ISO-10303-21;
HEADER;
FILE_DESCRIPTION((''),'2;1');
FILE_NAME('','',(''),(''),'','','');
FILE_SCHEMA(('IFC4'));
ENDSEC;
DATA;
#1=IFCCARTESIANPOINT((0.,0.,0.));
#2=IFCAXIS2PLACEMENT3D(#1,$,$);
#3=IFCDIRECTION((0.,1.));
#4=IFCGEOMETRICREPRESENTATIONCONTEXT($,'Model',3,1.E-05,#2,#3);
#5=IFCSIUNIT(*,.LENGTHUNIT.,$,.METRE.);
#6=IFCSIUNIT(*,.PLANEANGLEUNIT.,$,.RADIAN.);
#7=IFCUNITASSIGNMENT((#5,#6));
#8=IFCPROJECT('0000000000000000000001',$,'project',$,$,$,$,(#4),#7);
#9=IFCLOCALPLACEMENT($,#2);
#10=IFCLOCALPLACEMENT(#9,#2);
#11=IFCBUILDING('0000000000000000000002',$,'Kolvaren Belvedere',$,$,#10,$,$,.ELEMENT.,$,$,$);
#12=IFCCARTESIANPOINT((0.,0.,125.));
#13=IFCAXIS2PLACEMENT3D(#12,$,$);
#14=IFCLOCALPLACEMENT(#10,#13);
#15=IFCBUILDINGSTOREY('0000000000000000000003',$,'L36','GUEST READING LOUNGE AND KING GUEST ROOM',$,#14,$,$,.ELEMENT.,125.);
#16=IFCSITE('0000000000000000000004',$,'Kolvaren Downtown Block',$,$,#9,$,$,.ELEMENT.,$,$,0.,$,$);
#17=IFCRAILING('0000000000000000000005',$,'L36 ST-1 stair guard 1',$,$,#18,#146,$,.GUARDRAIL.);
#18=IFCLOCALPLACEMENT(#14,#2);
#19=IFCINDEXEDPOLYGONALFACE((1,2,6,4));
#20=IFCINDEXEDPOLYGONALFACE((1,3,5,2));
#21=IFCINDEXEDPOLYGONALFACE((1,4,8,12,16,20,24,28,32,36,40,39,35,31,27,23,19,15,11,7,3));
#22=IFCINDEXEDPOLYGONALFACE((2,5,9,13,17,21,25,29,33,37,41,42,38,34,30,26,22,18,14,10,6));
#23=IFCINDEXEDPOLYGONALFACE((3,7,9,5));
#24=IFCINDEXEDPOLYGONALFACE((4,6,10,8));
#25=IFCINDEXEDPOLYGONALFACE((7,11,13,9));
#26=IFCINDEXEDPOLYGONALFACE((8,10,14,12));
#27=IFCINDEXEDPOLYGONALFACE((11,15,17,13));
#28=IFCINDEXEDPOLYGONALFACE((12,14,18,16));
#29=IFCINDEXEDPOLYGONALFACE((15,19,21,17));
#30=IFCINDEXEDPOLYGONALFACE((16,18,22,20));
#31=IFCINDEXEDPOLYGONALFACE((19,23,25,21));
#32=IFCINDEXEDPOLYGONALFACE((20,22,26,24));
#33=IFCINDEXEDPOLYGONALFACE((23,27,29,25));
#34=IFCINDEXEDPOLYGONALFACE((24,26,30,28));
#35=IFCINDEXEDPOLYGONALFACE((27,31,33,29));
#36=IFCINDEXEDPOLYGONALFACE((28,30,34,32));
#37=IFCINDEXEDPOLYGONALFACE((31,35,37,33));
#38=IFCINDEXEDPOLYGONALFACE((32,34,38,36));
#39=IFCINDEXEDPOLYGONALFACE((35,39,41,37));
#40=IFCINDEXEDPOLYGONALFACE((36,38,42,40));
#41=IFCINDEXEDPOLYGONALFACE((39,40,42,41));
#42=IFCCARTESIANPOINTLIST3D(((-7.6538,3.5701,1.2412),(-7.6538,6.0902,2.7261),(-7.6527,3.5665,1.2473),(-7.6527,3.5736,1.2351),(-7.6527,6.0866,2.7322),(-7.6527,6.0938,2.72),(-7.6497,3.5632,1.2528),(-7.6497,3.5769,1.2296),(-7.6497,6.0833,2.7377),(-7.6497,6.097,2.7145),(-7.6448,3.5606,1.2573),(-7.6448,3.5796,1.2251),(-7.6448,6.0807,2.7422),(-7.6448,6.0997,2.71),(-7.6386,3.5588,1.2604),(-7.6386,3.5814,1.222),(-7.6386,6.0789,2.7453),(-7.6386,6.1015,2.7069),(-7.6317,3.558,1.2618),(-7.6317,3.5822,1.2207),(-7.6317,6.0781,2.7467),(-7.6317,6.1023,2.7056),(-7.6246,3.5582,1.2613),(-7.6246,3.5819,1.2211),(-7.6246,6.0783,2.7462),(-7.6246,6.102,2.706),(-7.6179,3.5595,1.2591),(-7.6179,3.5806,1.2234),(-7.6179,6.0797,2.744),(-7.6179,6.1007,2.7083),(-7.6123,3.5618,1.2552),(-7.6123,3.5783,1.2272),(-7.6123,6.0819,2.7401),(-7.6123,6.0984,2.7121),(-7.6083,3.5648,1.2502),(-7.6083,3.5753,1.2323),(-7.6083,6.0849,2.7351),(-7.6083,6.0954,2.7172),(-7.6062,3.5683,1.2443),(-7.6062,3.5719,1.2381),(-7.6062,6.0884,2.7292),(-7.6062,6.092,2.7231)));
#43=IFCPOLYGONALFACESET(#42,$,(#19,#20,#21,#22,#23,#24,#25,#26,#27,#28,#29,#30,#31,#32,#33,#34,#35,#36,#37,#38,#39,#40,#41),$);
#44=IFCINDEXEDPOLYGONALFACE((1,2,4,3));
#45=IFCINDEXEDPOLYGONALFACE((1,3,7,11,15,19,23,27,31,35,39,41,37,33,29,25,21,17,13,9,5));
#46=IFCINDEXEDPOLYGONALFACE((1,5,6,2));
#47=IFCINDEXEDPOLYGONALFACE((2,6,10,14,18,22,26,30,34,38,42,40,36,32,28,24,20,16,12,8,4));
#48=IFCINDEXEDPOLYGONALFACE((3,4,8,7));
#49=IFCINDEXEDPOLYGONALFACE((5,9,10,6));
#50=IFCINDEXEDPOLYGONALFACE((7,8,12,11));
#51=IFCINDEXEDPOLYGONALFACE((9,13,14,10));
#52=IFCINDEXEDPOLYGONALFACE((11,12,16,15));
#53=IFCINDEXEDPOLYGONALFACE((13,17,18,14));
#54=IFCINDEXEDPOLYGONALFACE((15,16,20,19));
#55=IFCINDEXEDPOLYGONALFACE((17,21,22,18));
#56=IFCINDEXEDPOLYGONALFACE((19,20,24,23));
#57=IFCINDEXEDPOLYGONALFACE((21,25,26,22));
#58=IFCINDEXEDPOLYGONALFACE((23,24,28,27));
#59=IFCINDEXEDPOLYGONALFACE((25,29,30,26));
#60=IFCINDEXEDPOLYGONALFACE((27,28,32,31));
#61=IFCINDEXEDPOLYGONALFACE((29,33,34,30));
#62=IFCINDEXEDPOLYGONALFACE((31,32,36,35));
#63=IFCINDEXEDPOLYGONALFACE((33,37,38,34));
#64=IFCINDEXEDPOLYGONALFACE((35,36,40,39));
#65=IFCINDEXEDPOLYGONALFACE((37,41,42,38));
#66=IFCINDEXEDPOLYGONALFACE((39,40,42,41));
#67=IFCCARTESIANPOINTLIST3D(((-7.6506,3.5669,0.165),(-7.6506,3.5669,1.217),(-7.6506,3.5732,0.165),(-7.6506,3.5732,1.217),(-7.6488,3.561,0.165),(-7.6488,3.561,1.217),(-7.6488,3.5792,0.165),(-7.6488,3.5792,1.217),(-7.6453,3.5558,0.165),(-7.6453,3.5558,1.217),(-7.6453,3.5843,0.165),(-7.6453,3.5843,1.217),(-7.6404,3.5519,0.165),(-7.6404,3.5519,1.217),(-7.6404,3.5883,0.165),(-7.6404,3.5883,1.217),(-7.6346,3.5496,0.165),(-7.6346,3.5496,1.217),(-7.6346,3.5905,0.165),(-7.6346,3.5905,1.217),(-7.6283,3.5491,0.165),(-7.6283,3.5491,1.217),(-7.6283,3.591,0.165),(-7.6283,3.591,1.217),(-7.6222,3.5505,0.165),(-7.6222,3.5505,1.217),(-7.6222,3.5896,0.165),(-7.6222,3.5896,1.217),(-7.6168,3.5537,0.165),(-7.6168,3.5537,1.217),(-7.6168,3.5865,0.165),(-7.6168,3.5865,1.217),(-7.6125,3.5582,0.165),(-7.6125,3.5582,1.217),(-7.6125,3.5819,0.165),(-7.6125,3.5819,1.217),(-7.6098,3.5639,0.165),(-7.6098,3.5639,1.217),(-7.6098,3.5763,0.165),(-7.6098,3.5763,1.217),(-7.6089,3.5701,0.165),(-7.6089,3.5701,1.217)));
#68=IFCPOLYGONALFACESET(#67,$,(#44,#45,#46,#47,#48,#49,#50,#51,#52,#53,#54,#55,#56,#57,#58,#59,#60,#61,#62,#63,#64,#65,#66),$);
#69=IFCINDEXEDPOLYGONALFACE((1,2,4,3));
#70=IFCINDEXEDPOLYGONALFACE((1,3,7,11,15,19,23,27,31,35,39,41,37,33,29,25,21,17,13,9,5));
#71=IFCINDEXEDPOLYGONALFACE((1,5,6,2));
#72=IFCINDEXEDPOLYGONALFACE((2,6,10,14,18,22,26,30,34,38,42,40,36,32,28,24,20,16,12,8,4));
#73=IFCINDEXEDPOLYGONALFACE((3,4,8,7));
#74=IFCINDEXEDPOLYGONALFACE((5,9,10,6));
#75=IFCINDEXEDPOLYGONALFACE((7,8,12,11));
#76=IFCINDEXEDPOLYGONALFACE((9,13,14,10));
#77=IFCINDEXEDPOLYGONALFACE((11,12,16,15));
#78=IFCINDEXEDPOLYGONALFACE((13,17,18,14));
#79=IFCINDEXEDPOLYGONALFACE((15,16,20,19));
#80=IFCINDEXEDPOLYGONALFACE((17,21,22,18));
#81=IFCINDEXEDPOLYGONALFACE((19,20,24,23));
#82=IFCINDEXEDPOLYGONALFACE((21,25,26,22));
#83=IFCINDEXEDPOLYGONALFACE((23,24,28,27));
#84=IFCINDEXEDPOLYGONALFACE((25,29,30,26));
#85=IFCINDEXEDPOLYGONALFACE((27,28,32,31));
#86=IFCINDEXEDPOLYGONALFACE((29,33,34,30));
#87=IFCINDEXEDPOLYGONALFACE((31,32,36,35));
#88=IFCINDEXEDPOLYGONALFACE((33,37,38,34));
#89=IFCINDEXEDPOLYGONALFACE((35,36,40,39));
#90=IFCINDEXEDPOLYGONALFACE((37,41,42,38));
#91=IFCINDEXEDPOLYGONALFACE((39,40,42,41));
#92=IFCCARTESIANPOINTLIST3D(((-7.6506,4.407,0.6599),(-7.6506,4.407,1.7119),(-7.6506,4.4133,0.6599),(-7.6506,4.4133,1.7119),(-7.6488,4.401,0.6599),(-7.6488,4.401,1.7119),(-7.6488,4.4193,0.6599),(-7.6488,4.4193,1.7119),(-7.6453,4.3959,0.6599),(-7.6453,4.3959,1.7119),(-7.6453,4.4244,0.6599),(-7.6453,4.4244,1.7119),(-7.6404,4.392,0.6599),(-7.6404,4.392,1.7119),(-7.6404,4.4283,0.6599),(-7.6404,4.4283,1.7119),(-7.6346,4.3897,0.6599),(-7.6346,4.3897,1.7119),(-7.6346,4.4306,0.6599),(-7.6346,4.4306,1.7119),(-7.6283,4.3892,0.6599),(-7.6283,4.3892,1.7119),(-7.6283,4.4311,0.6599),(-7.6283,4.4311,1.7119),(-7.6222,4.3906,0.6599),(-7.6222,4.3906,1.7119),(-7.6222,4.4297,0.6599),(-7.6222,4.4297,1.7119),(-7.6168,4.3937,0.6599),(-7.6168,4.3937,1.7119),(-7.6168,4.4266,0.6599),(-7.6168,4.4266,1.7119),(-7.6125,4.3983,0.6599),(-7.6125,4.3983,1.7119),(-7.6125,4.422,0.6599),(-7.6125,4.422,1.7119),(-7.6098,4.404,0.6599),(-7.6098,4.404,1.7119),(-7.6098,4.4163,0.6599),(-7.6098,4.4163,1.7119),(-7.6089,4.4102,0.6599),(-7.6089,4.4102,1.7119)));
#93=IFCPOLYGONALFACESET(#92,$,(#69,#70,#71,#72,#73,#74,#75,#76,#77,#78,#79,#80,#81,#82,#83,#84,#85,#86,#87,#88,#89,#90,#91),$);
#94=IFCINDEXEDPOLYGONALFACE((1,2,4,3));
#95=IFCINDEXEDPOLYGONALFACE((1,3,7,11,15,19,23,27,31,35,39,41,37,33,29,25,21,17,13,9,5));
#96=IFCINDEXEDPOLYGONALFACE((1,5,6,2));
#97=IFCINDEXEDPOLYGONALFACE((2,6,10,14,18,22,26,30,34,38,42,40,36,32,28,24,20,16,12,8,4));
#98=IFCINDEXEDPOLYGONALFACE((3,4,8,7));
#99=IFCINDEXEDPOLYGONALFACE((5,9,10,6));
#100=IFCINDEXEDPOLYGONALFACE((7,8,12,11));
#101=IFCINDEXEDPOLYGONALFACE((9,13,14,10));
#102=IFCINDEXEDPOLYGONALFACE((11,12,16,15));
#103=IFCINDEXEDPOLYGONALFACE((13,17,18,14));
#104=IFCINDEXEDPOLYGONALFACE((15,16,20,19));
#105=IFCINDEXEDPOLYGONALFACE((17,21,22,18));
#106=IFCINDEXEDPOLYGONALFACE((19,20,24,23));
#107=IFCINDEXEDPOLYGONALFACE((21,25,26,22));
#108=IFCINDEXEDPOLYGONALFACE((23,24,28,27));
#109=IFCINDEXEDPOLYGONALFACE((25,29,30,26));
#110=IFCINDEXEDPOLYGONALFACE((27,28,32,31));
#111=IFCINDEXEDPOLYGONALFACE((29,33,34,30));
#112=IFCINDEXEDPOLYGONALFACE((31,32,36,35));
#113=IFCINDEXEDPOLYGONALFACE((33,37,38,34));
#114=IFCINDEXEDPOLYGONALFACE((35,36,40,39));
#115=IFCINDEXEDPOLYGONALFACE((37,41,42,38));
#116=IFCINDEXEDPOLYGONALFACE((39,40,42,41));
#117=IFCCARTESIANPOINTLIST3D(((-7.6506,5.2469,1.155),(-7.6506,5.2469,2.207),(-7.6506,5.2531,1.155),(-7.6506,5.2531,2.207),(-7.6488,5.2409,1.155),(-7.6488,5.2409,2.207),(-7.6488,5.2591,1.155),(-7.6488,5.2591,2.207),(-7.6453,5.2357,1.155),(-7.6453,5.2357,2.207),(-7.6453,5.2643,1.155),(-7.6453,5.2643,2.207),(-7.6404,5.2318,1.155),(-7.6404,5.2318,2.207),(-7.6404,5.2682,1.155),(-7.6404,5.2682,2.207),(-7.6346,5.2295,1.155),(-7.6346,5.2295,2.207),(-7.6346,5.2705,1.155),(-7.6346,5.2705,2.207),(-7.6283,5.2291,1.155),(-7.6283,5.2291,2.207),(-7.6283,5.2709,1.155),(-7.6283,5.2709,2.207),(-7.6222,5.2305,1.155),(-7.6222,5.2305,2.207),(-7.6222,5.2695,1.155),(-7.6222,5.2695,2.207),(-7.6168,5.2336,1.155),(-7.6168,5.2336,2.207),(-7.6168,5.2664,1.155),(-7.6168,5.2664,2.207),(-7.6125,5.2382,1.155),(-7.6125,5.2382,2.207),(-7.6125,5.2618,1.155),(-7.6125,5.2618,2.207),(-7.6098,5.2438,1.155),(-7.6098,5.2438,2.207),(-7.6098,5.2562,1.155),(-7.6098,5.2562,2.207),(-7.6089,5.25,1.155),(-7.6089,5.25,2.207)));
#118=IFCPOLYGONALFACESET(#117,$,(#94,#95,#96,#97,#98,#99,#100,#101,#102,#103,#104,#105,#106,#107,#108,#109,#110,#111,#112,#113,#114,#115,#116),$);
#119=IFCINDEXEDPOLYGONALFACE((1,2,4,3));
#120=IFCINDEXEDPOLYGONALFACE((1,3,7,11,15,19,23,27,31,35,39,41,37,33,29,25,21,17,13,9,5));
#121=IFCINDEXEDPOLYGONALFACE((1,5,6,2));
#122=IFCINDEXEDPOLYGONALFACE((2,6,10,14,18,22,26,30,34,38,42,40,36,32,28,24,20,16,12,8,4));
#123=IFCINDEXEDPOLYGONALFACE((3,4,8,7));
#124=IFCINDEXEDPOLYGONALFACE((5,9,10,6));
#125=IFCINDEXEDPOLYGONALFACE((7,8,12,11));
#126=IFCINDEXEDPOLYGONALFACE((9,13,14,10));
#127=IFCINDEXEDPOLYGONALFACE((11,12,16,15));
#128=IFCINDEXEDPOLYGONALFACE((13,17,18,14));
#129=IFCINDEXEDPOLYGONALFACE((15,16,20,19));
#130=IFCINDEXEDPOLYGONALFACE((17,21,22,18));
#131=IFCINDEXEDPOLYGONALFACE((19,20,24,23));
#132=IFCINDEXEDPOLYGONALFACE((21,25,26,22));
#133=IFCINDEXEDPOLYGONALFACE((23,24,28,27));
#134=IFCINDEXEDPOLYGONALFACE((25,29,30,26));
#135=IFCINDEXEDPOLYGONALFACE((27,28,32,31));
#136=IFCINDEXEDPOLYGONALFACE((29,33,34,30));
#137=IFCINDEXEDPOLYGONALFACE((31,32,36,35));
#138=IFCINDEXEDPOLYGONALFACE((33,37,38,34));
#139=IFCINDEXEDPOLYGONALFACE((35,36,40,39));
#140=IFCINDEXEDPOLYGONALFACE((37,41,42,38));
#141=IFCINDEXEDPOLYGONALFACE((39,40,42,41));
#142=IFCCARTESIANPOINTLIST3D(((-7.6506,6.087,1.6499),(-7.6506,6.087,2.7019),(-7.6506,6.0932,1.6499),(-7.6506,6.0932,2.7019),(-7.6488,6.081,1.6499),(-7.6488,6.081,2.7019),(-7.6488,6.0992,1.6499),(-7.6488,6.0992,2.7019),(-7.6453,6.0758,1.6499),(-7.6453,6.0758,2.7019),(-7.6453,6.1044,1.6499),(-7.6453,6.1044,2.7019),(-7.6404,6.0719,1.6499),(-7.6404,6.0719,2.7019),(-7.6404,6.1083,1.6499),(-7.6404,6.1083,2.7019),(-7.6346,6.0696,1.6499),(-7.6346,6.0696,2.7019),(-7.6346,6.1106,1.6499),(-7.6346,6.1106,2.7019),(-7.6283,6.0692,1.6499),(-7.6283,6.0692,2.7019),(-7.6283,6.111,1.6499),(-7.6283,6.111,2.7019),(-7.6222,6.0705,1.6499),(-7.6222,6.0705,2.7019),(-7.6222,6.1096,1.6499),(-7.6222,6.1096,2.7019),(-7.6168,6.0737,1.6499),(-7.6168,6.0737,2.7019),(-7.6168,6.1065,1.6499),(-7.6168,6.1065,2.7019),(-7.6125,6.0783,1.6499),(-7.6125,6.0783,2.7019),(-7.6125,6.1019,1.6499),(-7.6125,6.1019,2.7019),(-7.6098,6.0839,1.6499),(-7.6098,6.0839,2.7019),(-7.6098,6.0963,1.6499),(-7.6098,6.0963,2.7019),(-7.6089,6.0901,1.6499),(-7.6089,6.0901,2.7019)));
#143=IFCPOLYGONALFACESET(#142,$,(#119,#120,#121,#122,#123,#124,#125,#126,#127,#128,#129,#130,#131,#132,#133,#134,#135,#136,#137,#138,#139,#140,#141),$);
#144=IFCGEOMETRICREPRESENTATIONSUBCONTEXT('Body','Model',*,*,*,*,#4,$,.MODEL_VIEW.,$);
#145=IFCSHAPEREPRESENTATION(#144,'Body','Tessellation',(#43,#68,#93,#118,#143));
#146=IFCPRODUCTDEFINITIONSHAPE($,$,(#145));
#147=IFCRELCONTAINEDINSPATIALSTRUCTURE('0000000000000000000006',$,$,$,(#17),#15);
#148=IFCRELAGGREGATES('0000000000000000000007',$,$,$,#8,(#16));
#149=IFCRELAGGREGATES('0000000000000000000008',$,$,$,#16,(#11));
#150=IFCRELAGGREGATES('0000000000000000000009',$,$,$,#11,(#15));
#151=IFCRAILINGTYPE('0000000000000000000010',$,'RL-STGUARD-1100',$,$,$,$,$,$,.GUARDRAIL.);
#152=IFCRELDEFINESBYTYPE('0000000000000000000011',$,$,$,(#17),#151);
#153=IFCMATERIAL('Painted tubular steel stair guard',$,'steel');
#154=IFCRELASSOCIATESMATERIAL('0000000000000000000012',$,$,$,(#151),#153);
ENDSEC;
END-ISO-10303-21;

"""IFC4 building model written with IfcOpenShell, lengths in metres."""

from ifc_helpers import new_model, si_unit, direction, frame, origin, origin_2d, place, context, subcontext, project, spatial, circle, extrude, material, type_object, element, save


model = new_model("IFC4")

# Units and contexts
model_context = context("Model", 3, precision=1e-05, world=origin(), true_north=direction((0.0, 1.0)))
body_context = subcontext(model_context, "Body", "Model", "MODEL_VIEW")
ifc_project = project(units=[si_unit("LENGTHUNIT", "METRE"), si_unit("PLANEANGLEUNIT", "RADIAN")], contexts=[model_context])

# Site, building, storey
site_placement = place(None, origin())
site = spatial("IfcSite", under=ifc_project, at=site_placement, Name="Kolvaren Downtown Block", CompositionType="ELEMENT", RefElevation=0.0)
building_placement = place(site_placement, origin())
building = spatial("IfcBuilding", under=site, at=building_placement, Name="Kolvaren Belvedere", CompositionType="ELEMENT")
storey_placement = place(building_placement, frame((0.0, 0.0, 125.0)))
storey = spatial("IfcBuildingStorey", under=building, at=storey_placement, Name="L36", Description="GUEST READING LOUNGE AND KING GUEST ROOM", CompositionType="ELEMENT", Elevation=125.0)

# Railing
ifc_material_1 = material(Name="Painted tubular steel stair guard", Category="steel")
railing_type_1 = type_object("IfcRailingType", Name="RL-STGUARD-1100", PredefinedType="GUARDRAIL", material=ifc_material_1)
railing_1_placement = place(storey_placement, frame((-7.6299, 3.5701, 0.165)))
element("IfcRailing", 1, at=railing_1_placement, inside=storey, type_object=railing_type_1, Name="L36 ST-1 stair guard 1", PredefinedType="GUARDRAIL", context=body_context, shape_type="SweptSolid", body=[
    extrude(circle(Radius=0.0239, at=origin_2d()), frame((0.0, 0.0, 1.0762), z_axis=(0.0, 0.861561, 0.507655), x_axis=(-1.0, 0.0, 0.0)), (0.0, 0.0, 1.0), 2.925),
    extrude(circle(Radius=0.021, at=origin_2d()), origin(), (0.0, 0.0, 1.0), 1.052),
    extrude(circle(Radius=0.021, at=origin_2d()), frame((0.0, 0.8401, 0.4949)), (0.0, 0.0, 1.0), 1.052),
    extrude(circle(Radius=0.021, at=origin_2d()), frame((0.0, 1.6799, 0.99)), (0.0, 0.0, 1.0), 1.052),
    extrude(circle(Radius=0.021, at=origin_2d()), frame((0.0, 2.52, 1.4849)), (0.0, 0.0, 1.0), 1.052),
])

save(model, "model.ifc")
